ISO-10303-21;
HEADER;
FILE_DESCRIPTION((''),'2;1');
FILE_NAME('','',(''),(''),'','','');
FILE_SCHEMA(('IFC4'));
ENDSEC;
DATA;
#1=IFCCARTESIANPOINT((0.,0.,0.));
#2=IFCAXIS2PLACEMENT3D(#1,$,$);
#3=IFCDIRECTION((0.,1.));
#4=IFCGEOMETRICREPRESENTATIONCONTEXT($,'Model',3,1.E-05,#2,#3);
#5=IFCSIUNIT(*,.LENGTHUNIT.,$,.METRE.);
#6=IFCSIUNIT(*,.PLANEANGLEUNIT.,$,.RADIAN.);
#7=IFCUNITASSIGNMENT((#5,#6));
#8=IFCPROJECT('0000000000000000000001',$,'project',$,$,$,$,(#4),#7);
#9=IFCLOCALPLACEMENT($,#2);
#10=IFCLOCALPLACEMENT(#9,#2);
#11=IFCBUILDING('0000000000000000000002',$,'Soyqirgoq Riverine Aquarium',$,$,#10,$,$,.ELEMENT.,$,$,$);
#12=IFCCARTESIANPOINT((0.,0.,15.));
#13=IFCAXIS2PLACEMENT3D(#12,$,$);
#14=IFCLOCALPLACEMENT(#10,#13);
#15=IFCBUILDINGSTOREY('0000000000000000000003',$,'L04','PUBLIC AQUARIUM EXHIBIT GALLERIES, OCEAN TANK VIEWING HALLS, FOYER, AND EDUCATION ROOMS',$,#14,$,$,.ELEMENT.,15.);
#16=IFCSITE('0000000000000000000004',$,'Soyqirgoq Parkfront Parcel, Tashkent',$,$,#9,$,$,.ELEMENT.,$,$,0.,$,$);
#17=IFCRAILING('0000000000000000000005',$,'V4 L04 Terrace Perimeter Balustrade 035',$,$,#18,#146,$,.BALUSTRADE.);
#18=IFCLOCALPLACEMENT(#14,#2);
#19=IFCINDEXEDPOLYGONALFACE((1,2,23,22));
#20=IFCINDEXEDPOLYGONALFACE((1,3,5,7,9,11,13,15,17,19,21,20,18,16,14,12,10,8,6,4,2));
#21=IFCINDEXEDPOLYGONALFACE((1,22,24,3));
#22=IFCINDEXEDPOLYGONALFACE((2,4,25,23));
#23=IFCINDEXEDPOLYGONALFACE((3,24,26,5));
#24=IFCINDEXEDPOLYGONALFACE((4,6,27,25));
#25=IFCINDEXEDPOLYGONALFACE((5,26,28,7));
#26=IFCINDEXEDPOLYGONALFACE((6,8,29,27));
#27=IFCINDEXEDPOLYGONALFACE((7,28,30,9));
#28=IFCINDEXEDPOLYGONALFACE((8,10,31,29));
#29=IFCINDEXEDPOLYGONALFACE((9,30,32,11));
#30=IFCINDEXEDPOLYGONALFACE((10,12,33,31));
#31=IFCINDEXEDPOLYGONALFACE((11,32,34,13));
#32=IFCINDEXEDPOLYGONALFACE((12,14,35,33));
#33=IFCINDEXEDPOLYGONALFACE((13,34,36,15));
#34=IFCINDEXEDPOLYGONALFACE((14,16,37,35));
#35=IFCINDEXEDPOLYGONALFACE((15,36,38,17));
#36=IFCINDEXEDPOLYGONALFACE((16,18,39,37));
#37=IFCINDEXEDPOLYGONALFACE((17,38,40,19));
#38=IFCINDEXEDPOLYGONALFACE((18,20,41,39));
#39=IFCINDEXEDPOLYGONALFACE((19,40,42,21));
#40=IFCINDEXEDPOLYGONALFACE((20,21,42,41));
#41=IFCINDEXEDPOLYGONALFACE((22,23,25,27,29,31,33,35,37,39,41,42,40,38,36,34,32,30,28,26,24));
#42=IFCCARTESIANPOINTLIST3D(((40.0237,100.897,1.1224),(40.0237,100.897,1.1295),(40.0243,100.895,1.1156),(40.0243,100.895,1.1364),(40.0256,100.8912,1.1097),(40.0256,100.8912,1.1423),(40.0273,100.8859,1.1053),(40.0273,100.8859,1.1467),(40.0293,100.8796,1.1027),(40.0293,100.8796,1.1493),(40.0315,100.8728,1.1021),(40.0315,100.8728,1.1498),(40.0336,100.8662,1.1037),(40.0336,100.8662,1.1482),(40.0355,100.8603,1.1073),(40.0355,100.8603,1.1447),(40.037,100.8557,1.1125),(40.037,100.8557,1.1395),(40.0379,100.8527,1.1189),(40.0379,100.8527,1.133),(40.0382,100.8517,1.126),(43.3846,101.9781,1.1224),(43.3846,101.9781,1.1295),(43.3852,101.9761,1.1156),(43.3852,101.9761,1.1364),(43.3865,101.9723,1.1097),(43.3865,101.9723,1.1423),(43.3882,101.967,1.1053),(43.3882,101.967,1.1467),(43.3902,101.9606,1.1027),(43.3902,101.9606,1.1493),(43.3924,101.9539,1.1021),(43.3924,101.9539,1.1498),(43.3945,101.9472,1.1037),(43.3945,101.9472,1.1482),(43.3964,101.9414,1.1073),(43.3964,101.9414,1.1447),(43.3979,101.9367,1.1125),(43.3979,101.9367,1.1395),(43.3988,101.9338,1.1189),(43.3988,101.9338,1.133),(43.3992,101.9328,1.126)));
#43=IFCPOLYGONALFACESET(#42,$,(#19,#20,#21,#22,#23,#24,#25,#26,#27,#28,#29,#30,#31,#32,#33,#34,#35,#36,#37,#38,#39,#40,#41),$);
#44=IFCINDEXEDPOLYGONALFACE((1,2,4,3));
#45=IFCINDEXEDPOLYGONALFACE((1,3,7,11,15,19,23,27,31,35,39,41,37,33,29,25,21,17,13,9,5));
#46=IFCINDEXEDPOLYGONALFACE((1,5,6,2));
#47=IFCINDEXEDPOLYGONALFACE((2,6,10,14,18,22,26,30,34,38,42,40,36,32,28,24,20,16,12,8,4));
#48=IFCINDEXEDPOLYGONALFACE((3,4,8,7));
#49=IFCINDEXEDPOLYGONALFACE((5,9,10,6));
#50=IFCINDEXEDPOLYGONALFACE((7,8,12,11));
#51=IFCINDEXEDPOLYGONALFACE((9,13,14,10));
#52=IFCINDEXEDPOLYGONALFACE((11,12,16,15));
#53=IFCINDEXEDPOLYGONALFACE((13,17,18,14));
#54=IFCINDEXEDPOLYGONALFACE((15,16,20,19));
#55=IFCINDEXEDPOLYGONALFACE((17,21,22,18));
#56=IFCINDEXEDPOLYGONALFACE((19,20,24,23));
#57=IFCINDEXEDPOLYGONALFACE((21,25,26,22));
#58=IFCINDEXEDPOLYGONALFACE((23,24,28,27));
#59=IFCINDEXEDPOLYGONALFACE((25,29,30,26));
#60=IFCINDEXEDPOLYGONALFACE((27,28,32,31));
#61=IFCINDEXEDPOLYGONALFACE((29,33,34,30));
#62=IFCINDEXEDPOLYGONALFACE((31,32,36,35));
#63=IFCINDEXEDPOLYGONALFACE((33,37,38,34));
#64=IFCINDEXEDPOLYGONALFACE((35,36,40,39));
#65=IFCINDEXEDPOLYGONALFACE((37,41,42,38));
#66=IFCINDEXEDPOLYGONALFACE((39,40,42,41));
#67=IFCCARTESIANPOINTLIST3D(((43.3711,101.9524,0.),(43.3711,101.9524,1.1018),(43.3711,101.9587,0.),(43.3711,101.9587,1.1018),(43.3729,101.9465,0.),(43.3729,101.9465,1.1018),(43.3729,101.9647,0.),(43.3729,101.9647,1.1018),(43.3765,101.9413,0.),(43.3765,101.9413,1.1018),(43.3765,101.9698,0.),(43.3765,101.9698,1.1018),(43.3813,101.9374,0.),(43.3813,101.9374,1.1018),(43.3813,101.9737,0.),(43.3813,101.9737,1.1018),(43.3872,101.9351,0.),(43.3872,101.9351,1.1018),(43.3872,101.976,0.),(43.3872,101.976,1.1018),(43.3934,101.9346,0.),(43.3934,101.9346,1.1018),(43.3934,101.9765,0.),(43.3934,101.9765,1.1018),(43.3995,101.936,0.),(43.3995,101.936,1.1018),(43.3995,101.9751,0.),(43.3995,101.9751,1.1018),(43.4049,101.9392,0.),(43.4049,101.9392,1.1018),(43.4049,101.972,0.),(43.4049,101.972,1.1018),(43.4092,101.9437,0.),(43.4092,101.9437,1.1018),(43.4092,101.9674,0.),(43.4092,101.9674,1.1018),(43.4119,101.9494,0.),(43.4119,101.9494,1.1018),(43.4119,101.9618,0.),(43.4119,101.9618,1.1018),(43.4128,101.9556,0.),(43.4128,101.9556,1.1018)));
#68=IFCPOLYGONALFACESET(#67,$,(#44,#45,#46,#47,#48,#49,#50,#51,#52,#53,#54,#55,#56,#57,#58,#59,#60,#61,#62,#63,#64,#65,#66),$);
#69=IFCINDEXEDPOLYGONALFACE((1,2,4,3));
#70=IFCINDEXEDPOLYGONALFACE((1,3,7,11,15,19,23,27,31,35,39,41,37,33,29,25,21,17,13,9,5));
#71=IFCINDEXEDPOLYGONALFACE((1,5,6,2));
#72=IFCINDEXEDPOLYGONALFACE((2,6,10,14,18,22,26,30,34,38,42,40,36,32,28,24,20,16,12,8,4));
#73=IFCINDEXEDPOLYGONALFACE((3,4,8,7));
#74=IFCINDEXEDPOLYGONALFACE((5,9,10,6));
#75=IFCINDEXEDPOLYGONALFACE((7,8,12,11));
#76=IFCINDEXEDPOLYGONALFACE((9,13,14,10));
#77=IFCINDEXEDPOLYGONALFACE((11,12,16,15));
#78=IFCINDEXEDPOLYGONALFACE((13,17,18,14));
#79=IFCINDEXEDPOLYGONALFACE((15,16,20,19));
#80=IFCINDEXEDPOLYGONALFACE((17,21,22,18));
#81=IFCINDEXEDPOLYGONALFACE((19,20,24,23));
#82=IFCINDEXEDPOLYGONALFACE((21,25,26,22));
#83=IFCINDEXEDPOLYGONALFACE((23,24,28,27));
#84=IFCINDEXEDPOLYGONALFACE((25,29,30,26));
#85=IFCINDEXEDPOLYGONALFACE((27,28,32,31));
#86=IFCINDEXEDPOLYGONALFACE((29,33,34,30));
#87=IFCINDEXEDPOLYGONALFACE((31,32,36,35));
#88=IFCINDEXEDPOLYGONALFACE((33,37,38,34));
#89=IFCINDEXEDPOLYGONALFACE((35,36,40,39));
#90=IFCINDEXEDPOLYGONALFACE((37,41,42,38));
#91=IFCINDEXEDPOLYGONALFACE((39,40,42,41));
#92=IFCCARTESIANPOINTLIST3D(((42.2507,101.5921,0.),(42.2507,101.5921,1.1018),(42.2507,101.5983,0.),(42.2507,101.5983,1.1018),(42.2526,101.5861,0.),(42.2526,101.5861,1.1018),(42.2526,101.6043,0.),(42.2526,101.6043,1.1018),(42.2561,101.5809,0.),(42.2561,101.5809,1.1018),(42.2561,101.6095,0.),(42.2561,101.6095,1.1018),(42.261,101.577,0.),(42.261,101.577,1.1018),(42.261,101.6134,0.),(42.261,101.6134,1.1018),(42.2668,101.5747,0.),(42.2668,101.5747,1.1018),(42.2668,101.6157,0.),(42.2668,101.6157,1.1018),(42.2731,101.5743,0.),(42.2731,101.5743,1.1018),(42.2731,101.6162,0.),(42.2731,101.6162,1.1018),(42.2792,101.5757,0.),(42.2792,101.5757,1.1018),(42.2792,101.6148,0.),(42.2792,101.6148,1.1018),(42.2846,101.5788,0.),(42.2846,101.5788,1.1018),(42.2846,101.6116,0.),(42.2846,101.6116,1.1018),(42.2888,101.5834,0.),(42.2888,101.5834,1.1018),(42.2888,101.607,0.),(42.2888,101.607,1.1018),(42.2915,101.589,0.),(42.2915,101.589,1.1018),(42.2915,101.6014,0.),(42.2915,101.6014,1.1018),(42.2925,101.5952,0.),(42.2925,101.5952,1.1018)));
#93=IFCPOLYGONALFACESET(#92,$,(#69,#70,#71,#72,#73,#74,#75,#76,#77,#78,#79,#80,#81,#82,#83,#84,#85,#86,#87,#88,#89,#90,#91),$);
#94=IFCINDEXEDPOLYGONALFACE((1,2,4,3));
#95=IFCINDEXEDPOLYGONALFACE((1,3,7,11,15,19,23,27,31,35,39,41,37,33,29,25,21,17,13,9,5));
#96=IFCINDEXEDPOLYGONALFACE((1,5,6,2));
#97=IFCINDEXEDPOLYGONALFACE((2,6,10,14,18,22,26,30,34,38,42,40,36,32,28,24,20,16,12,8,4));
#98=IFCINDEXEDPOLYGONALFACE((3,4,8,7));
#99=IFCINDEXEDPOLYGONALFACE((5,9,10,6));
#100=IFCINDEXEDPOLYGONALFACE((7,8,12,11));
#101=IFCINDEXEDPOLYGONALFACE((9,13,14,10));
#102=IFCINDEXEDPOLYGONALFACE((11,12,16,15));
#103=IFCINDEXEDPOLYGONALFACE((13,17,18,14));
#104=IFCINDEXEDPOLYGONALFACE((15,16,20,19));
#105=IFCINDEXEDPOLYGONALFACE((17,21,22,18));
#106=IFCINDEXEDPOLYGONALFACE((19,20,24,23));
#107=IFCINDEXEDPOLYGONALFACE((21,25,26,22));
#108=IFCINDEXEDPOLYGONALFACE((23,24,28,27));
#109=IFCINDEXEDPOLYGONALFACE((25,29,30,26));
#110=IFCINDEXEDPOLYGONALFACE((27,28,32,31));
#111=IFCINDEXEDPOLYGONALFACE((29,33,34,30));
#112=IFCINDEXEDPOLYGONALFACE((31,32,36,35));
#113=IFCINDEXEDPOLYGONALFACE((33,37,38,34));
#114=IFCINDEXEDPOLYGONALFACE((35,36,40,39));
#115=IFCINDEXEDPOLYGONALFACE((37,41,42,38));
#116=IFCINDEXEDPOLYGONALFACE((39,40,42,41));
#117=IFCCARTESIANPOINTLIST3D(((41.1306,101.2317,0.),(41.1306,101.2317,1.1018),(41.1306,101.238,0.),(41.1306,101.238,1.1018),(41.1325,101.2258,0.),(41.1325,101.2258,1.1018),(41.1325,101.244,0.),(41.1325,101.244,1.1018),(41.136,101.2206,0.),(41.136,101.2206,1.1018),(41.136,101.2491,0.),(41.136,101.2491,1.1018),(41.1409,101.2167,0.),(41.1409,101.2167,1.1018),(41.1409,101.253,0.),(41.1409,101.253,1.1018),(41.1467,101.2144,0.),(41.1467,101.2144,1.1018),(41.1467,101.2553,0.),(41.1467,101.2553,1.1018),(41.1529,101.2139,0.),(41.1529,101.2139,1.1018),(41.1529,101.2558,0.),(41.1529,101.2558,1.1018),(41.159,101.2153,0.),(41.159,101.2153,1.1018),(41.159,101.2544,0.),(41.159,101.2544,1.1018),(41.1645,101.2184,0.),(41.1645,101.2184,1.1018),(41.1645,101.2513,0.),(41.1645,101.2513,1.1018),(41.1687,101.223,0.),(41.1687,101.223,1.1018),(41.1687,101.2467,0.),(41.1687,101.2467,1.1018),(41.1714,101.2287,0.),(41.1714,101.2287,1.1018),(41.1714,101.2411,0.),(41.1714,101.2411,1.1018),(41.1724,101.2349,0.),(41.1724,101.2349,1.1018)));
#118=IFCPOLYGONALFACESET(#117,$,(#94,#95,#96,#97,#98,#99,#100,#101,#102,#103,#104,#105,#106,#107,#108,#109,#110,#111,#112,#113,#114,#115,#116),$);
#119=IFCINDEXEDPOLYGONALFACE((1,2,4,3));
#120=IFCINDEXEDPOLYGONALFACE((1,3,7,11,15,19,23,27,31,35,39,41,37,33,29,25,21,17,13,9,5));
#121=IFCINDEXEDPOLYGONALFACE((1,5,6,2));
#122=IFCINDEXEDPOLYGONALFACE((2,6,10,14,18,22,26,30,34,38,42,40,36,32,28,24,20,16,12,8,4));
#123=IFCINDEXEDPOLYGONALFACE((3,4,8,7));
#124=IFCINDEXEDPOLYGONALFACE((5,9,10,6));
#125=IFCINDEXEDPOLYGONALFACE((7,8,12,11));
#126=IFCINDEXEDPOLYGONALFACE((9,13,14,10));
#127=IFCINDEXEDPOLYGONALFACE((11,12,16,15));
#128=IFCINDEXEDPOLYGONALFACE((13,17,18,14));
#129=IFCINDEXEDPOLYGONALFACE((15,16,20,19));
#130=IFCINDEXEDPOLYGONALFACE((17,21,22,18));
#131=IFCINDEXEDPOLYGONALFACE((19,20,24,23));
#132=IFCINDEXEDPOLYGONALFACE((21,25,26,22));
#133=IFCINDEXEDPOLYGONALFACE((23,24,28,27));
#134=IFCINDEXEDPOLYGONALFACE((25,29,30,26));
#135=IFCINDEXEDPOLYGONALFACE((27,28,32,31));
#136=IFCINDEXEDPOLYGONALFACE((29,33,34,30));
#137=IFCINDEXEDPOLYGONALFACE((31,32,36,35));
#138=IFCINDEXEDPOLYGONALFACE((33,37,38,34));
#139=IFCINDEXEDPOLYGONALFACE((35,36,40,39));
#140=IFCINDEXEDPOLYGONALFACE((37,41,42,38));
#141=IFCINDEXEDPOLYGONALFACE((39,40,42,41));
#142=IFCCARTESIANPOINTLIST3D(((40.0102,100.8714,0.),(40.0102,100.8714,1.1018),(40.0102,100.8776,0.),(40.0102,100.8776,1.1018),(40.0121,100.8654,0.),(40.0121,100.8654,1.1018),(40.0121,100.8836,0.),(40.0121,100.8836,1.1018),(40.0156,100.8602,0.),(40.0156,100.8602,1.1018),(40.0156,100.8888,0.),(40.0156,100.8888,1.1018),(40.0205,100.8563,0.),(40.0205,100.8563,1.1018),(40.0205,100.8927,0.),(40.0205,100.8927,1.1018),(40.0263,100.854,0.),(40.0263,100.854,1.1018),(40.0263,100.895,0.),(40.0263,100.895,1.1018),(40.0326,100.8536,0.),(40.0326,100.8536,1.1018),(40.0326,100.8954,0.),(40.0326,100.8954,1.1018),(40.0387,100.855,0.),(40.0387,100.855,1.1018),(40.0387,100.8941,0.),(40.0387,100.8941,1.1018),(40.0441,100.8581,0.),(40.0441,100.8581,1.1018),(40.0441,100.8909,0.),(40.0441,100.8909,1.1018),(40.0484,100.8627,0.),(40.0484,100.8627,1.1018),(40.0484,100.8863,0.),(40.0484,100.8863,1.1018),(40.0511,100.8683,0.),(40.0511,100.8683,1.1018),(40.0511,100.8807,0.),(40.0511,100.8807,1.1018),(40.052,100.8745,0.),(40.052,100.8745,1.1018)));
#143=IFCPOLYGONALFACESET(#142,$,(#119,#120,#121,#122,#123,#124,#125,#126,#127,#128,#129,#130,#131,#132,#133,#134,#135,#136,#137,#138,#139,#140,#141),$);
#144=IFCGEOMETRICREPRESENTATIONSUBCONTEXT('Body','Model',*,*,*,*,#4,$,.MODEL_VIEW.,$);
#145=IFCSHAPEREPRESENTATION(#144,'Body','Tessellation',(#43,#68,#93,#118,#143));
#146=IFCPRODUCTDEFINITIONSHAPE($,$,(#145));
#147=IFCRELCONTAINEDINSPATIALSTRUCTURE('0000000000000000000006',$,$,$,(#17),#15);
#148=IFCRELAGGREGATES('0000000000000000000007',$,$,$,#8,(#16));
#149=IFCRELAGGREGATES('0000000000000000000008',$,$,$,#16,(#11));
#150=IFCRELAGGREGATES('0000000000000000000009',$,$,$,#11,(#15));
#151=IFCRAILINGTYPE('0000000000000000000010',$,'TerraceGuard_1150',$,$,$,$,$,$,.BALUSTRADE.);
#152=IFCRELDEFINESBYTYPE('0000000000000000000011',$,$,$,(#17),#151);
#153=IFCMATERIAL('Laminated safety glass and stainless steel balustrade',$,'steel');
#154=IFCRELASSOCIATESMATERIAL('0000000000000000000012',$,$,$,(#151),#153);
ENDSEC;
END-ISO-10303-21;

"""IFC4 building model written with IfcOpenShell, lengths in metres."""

from ifc_helpers import new_model, si_unit, direction, frame, origin, origin_2d, place, context, subcontext, project, spatial, circle, extrude, material, type_object, element, save


model = new_model("IFC4")

# Units and contexts
model_context = context("Model", 3, precision=1e-05, world=origin(), true_north=direction((0.0, 1.0)))
body_context = subcontext(model_context, "Body", "Model", "MODEL_VIEW")
ifc_project = project(units=[si_unit("LENGTHUNIT", "METRE"), si_unit("PLANEANGLEUNIT", "RADIAN")], contexts=[model_context])

# Site, building, storey
site_placement = place(None, origin())
site = spatial("IfcSite", under=ifc_project, at=site_placement, Name="Soyqirgoq Parkfront Parcel, Tashkent", CompositionType="ELEMENT", RefElevation=0.0)
building_placement = place(site_placement, origin())
building = spatial("IfcBuilding", under=site, at=building_placement, Name="Soyqirgoq Riverine Aquarium", CompositionType="ELEMENT")
storey_placement = place(building_placement, frame((0.0, 0.0, 15.0)))
storey = spatial("IfcBuildingStorey", under=building, at=storey_placement, Name="L04", Description="PUBLIC AQUARIUM EXHIBIT GALLERIES, OCEAN TANK VIEWING HALLS, FOYER, AND EDUCATION ROOMS", CompositionType="ELEMENT", Elevation=15.0)

# Railing
ifc_material_1 = material(Name="Laminated safety glass and stainless steel balustrade", Category="steel")
railing_type = type_object("IfcRailingType", Name="TerraceGuard_1150", PredefinedType="BALUSTRADE", material=ifc_material_1)
railing_1_placement = place(storey_placement, frame((43.3918, 101.9556, 0.0)))
element("IfcRailing", 1, at=railing_1_placement, inside=storey, type_object=railing_type, Name="V4 L04 Terrace Perimeter Balustrade 035", PredefinedType="BALUSTRADE", context=body_context, shape_type="SweptSolid", body=[
    extrude(circle(Radius=0.0239, at=origin_2d()), frame((0.0, 0.0, 1.126), z_axis=(-0.951964, -0.306211, 0.0), x_axis=(0.306211, -0.951964, 0.0)), (0.0, 0.0, 1.0), 3.5305),
    extrude(circle(Radius=0.021, at=origin_2d()), origin(), (0.0, 0.0, 1.0), 1.1018),
    extrude(circle(Radius=0.021, at=origin_2d()), frame((-1.1204, -0.3604, 0.0)), (0.0, 0.0, 1.0), 1.1018),
    extrude(circle(Radius=0.021, at=origin_2d()), frame((-2.2405, -0.7207, 0.0)), (0.0, 0.0, 1.0), 1.1018),
    extrude(circle(Radius=0.021, at=origin_2d()), frame((-3.3608, -1.0811, 0.0)), (0.0, 0.0, 1.0), 1.1018),
])

save(model, "model.ifc")
